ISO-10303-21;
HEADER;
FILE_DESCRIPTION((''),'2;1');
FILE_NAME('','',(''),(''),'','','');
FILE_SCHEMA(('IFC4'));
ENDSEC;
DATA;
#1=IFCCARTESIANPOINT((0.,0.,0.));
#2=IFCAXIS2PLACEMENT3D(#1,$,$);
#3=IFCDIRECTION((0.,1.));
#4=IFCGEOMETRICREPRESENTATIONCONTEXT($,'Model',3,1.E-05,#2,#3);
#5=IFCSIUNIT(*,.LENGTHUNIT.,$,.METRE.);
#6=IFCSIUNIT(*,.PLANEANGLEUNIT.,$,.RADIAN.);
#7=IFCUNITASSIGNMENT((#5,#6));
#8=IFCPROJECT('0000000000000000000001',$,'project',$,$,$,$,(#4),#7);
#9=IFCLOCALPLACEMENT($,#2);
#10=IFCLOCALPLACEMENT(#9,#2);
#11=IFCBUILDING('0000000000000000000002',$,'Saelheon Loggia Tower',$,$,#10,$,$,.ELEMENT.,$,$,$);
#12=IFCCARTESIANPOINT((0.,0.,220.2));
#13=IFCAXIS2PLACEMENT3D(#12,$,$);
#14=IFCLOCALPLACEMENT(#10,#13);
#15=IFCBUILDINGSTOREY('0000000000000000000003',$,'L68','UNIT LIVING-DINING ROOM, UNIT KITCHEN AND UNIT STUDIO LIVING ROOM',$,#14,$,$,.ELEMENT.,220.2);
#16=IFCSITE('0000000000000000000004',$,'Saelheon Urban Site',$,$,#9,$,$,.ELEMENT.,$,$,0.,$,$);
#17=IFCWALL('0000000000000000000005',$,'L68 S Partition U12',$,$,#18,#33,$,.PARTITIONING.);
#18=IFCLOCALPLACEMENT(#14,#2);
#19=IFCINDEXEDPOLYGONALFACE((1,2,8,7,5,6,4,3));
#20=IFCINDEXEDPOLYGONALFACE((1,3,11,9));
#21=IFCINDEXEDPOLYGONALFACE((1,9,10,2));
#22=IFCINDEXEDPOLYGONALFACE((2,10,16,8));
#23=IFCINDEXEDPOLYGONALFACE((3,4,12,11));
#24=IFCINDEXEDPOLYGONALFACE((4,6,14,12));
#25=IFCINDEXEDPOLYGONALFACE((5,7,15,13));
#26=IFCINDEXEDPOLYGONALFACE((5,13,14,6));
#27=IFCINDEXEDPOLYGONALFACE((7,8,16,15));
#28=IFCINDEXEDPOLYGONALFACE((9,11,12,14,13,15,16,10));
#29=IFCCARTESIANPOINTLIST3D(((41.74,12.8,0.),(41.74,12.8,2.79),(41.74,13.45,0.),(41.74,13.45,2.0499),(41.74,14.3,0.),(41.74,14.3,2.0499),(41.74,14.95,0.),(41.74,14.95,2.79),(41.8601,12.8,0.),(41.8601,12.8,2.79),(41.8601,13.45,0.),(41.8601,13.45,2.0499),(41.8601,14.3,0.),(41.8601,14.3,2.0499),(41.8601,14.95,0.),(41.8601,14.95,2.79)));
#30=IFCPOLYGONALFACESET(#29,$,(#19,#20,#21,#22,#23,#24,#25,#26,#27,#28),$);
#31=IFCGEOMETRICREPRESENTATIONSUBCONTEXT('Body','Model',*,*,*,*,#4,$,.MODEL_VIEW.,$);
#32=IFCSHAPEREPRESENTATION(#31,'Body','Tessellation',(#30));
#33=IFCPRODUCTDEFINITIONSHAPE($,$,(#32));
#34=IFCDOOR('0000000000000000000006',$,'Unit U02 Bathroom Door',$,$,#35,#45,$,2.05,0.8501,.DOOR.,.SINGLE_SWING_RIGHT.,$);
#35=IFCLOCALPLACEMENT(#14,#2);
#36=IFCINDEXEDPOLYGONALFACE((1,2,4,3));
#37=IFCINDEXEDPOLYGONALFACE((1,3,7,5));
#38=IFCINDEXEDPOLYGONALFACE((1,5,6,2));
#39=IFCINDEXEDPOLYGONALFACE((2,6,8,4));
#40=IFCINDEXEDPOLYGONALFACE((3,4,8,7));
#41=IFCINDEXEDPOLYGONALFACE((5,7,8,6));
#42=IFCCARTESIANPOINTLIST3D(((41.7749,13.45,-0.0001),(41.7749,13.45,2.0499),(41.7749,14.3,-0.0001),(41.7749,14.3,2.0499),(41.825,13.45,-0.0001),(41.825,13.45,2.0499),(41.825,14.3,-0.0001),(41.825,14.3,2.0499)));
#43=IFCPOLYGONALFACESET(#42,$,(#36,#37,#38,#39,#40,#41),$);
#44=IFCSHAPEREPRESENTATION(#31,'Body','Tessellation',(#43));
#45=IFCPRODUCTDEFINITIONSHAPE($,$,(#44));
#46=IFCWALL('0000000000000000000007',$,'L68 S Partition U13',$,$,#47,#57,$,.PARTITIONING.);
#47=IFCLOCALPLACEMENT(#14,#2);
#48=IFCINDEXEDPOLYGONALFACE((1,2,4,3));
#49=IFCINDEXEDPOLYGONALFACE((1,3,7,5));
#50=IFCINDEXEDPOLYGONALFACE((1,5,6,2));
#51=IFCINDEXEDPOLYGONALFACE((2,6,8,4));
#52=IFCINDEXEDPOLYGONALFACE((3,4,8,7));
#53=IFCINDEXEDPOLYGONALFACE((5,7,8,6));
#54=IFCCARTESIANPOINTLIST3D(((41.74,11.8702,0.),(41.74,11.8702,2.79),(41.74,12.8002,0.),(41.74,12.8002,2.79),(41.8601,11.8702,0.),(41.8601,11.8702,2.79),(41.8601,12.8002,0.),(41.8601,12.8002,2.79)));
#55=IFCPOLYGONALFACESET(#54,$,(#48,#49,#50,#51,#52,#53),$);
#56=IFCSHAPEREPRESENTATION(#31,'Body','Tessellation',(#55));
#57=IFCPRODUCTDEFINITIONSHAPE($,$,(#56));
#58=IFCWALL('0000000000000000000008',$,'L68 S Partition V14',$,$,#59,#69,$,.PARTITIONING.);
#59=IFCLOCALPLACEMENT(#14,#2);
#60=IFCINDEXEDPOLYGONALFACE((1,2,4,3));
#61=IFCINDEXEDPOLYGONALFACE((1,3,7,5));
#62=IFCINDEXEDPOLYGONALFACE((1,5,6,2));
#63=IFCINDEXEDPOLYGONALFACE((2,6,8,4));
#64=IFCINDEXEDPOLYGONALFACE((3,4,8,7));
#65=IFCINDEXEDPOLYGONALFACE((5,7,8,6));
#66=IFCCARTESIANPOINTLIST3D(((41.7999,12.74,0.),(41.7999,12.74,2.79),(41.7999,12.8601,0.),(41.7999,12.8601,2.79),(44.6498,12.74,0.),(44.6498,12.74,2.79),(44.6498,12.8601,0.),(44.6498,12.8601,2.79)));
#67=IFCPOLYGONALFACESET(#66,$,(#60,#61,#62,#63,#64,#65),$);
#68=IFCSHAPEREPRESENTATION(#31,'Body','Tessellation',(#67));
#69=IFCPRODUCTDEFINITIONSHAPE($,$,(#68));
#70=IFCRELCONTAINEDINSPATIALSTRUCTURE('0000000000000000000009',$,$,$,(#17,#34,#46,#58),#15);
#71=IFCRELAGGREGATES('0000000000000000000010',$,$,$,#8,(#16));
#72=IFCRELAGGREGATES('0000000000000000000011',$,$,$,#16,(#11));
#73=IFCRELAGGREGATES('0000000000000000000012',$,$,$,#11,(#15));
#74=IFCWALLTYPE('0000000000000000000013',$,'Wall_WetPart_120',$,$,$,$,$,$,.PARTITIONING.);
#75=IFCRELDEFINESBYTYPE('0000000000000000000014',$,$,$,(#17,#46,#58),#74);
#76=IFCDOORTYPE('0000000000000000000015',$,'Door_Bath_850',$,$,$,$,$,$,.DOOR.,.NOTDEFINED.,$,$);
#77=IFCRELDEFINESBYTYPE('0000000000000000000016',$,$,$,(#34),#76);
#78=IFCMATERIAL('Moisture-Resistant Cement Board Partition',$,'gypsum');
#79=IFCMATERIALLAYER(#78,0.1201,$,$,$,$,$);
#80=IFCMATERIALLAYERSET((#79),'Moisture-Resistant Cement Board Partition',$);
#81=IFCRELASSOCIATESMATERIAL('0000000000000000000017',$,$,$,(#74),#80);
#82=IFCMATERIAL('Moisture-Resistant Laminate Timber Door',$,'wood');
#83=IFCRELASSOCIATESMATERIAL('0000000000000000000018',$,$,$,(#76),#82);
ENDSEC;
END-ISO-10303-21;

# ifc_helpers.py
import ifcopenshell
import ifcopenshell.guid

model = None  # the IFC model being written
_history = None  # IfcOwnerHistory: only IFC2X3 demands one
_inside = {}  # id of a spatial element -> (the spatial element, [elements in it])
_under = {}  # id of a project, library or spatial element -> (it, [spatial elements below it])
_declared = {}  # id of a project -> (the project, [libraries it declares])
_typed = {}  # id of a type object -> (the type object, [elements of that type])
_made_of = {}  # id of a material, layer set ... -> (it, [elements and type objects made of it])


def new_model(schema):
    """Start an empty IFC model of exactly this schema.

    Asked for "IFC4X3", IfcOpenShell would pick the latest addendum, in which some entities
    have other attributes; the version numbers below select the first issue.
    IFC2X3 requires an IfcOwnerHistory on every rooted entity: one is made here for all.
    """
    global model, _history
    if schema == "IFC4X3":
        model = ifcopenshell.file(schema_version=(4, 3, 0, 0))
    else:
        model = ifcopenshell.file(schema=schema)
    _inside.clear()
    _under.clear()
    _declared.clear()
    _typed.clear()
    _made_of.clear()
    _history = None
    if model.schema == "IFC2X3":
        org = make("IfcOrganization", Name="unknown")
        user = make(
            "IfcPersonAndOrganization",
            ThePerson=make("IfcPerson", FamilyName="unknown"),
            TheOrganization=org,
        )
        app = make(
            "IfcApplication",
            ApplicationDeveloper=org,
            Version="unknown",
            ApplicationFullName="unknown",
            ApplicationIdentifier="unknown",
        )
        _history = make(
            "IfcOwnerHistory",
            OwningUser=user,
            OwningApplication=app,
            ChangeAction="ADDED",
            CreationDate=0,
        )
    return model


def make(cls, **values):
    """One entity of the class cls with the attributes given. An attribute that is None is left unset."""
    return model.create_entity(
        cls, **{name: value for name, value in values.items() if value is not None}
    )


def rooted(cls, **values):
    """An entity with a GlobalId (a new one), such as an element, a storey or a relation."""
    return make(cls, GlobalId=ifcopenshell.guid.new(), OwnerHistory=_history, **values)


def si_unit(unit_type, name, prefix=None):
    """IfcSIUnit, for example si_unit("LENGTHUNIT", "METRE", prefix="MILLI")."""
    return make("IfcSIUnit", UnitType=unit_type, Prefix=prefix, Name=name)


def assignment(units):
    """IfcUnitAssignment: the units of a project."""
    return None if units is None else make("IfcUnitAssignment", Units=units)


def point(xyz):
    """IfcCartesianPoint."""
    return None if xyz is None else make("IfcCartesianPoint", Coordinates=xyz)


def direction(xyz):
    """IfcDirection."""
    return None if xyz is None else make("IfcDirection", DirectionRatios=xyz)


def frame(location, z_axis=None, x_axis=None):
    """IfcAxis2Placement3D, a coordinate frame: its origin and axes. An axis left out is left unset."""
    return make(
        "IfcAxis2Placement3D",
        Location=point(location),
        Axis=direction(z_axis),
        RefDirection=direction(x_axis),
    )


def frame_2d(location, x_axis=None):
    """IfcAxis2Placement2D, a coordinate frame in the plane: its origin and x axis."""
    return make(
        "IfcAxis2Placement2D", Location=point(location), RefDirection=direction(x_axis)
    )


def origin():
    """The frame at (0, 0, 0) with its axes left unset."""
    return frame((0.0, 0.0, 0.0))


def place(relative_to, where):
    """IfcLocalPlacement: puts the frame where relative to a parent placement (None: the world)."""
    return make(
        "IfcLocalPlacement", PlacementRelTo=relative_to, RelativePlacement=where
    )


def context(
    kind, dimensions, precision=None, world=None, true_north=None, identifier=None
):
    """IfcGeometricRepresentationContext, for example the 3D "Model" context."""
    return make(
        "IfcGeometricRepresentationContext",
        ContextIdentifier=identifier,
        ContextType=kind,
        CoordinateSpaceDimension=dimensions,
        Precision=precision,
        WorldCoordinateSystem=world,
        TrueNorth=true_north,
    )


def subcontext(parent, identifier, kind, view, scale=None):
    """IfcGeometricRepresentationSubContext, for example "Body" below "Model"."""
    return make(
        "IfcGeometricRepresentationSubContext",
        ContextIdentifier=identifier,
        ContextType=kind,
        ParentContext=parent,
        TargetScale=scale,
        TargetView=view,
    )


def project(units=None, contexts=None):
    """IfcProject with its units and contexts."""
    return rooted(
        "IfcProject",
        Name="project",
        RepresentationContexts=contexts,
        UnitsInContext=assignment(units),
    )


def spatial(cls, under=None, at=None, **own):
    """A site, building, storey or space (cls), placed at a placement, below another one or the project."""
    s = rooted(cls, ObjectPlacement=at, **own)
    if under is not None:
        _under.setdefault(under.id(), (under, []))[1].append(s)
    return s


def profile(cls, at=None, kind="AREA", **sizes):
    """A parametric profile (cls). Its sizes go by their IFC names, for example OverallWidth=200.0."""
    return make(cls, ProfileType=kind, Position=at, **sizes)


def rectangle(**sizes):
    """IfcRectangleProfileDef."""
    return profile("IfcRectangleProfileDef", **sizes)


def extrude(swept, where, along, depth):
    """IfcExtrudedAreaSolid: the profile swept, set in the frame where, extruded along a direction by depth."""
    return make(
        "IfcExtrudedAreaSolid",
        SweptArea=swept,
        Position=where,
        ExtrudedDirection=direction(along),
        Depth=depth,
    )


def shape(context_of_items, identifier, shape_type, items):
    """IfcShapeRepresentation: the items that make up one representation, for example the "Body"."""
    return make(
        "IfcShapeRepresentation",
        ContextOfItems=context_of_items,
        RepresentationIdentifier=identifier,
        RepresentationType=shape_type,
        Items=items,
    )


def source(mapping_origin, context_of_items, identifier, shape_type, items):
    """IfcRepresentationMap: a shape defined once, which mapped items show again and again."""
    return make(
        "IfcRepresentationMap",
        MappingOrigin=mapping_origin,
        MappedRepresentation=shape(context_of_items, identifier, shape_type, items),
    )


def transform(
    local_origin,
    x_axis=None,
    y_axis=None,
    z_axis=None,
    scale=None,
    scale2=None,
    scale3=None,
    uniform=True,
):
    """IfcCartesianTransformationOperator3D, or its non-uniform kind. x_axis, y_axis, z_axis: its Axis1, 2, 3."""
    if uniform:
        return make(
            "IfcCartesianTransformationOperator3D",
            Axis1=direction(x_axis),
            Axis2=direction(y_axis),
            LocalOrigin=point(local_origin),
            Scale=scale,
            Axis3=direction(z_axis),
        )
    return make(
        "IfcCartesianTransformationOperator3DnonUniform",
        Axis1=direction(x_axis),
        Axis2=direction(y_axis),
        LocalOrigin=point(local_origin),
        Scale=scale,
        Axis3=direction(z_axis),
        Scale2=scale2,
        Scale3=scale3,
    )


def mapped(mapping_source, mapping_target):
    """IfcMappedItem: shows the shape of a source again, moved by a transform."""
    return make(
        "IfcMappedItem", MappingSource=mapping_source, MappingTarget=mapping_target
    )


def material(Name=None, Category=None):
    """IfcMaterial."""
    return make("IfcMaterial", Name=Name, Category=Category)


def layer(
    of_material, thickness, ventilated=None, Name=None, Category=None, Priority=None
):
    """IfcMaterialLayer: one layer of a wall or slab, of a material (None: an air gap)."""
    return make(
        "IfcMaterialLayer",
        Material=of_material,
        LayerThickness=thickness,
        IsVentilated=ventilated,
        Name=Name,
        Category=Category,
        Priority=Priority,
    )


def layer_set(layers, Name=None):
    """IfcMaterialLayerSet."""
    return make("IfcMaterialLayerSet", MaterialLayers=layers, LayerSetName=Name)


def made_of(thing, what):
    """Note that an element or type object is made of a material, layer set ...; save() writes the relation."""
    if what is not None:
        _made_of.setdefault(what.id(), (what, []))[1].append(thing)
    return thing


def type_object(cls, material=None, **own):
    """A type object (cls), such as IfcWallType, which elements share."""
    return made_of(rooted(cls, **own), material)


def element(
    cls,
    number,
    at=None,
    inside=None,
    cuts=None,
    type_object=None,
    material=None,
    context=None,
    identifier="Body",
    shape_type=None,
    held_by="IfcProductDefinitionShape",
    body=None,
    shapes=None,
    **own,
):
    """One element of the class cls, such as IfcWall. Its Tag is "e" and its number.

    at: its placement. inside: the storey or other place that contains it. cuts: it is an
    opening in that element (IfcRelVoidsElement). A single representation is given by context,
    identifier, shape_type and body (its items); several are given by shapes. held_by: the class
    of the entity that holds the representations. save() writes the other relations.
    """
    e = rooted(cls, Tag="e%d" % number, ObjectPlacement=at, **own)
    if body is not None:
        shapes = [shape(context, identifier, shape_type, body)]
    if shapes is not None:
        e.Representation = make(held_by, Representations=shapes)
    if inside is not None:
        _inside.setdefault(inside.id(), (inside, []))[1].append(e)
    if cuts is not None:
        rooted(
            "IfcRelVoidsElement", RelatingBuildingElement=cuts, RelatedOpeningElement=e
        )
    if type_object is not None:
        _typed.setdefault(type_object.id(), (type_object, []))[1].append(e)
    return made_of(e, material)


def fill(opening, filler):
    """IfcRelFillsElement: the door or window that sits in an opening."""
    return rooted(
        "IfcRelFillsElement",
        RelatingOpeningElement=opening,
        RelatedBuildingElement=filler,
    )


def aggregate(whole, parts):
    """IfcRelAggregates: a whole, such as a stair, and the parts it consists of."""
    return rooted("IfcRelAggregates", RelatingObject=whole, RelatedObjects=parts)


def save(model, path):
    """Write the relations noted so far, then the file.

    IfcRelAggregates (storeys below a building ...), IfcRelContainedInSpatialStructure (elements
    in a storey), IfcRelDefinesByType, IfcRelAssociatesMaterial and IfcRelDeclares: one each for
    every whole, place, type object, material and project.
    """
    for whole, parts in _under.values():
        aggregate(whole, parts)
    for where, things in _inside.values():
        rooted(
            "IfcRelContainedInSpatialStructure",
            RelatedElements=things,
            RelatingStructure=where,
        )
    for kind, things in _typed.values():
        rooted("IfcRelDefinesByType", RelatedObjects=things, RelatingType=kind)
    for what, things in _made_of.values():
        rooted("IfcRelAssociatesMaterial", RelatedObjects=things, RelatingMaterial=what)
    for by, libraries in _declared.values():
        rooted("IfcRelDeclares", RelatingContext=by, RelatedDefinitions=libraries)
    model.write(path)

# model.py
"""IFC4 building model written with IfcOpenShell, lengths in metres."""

from ifc_helpers import new_model, si_unit, direction, frame, frame_2d, origin, place, context, subcontext, project, spatial, rectangle, extrude, source, transform, mapped, material, layer, layer_set, type_object, element, fill, save


model = new_model("IFC4")

# Units and contexts
model_context = context("Model", 3, precision=1e-05, world=origin(), true_north=direction((0.0, 1.0)))
body_context = subcontext(model_context, "Body", "Model", "MODEL_VIEW")
ifc_project = project(units=[si_unit("LENGTHUNIT", "METRE"), si_unit("PLANEANGLEUNIT", "RADIAN")], contexts=[model_context])

# Site, building, storey
site_placement = place(None, origin())
site = spatial("IfcSite", under=ifc_project, at=site_placement, Name="Saelheon Urban Site", CompositionType="ELEMENT", RefElevation=0.0)
building_placement = place(site_placement, origin())
building = spatial("IfcBuilding", under=site, at=building_placement, Name="Saelheon Loggia Tower", CompositionType="ELEMENT")
storey_placement = place(building_placement, frame((0.0, 0.0, 220.2)))
storey = spatial("IfcBuildingStorey", under=building, at=storey_placement, Name="L68", Description="UNIT LIVING-DINING ROOM, UNIT KITCHEN AND UNIT STUDIO LIVING ROOM", CompositionType="ELEMENT", Elevation=220.2)

# Wall, opening, door
ifc_material_1 = material(Name="Moisture-Resistant Cement Board Partition", Category="gypsum")
ifc_layer_1 = layer(ifc_material_1, 0.1201)
ifc_layer_set_1 = layer_set([ifc_layer_1], Name="Moisture-Resistant Cement Board Partition")
wall_type_1 = type_object("IfcWallType", Name="Wall_WetPart_120", PredefinedType="PARTITIONING", material=ifc_layer_set_1)
wall_1_placement = place(storey_placement, frame((41.8, 14.95, 0.0), z_axis=(0.0, 0.0, 1.0), x_axis=(0.0, -1.0, 0.0)))
wall_1 = element("IfcWall", 1, at=wall_1_placement, inside=storey, type_object=wall_type_1, Name="L68 S Partition U12", PredefinedType="PARTITIONING", context=body_context, shape_type="SweptSolid", body=[
    extrude(rectangle(XDim=2.1499, YDim=0.1201, at=frame_2d((1.075, 0.0))), origin(), (0.0, 0.0, 1.0), 2.79),
])
opening_1_placement = place(wall_1_placement, frame((0.6499, 0.0, 0.0)))
opening_1 = element("IfcOpeningElement", 2, at=opening_1_placement, cuts=wall_1, PredefinedType="OPENING", context=body_context, shape_type="SweptSolid", body=[
    extrude(rectangle(XDim=0.8501, YDim=2.05, at=frame_2d((0.425, 1.0249))), frame((0.0, 0.072, 0.0), z_axis=(0.0, -1.0, 0.0), x_axis=(1.0, 0.0, 0.0)), (0.0, 0.0, 1.0), 0.144),
])
ifc_material_2 = material(Name="Moisture-Resistant Laminate Timber Door", Category="wood")
door_type_1 = type_object("IfcDoorType", Name="Door_Bath_850", OperationType="NOTDEFINED", PredefinedType="DOOR", material=ifc_material_2)
shared_shape_1 = source(origin(), body_context, "Body", "SweptSolid", [
    extrude(rectangle(XDim=0.8501, YDim=2.05, at=frame_2d((0.425, 1.0249))), frame((0.0, 0.0249, 0.0), z_axis=(0.0, -1.0, 0.0), x_axis=(1.0, 0.0, 0.0)), (0.0, 0.0, 1.0), 0.05),
])
door_1_placement = place(opening_1_placement, origin())
door_1 = element("IfcDoor", 3, at=door_1_placement, inside=storey, type_object=door_type_1, Name="Unit U02 Bathroom Door", OperationType="SINGLE_SWING_RIGHT", OverallHeight=2.05, OverallWidth=0.8501, PredefinedType="DOOR", context=body_context, shape_type="MappedRepresentation", body=[
    mapped(shared_shape_1, transform((0.0, 0.0, 0.0), scale=1.0)),
])
fill(opening_1, door_1)

# Walls
wall_2_placement = place(storey_placement, frame((41.8, 12.8, 0.0), z_axis=(0.0, 0.0, 1.0), x_axis=(0.0, -1.0, 0.0)))
element("IfcWall", 4, at=wall_2_placement, inside=storey, type_object=wall_type_1, Name="L68 S Partition U13", PredefinedType="PARTITIONING", context=body_context, shape_type="SweptSolid", body=[
    extrude(rectangle(XDim=0.9299, YDim=0.1201, at=frame_2d((0.4648, 0.0))), origin(), (0.0, 0.0, 1.0), 2.79),
])
wall_3_placement = place(storey_placement, frame((41.8, 12.8, 0.0), z_axis=(0.0, 0.0, 1.0), x_axis=(1.0, 0.0, 0.0)))
element("IfcWall", 5, at=wall_3_placement, inside=storey, type_object=wall_type_1, Name="L68 S Partition V14", PredefinedType="PARTITIONING", context=body_context, shape_type="SweptSolid", body=[
    extrude(rectangle(XDim=2.8499, YDim=0.1201, at=frame_2d((1.4248, 0.0))), origin(), (0.0, 0.0, 1.0), 2.79),
])

save(model, "model.ifc")
